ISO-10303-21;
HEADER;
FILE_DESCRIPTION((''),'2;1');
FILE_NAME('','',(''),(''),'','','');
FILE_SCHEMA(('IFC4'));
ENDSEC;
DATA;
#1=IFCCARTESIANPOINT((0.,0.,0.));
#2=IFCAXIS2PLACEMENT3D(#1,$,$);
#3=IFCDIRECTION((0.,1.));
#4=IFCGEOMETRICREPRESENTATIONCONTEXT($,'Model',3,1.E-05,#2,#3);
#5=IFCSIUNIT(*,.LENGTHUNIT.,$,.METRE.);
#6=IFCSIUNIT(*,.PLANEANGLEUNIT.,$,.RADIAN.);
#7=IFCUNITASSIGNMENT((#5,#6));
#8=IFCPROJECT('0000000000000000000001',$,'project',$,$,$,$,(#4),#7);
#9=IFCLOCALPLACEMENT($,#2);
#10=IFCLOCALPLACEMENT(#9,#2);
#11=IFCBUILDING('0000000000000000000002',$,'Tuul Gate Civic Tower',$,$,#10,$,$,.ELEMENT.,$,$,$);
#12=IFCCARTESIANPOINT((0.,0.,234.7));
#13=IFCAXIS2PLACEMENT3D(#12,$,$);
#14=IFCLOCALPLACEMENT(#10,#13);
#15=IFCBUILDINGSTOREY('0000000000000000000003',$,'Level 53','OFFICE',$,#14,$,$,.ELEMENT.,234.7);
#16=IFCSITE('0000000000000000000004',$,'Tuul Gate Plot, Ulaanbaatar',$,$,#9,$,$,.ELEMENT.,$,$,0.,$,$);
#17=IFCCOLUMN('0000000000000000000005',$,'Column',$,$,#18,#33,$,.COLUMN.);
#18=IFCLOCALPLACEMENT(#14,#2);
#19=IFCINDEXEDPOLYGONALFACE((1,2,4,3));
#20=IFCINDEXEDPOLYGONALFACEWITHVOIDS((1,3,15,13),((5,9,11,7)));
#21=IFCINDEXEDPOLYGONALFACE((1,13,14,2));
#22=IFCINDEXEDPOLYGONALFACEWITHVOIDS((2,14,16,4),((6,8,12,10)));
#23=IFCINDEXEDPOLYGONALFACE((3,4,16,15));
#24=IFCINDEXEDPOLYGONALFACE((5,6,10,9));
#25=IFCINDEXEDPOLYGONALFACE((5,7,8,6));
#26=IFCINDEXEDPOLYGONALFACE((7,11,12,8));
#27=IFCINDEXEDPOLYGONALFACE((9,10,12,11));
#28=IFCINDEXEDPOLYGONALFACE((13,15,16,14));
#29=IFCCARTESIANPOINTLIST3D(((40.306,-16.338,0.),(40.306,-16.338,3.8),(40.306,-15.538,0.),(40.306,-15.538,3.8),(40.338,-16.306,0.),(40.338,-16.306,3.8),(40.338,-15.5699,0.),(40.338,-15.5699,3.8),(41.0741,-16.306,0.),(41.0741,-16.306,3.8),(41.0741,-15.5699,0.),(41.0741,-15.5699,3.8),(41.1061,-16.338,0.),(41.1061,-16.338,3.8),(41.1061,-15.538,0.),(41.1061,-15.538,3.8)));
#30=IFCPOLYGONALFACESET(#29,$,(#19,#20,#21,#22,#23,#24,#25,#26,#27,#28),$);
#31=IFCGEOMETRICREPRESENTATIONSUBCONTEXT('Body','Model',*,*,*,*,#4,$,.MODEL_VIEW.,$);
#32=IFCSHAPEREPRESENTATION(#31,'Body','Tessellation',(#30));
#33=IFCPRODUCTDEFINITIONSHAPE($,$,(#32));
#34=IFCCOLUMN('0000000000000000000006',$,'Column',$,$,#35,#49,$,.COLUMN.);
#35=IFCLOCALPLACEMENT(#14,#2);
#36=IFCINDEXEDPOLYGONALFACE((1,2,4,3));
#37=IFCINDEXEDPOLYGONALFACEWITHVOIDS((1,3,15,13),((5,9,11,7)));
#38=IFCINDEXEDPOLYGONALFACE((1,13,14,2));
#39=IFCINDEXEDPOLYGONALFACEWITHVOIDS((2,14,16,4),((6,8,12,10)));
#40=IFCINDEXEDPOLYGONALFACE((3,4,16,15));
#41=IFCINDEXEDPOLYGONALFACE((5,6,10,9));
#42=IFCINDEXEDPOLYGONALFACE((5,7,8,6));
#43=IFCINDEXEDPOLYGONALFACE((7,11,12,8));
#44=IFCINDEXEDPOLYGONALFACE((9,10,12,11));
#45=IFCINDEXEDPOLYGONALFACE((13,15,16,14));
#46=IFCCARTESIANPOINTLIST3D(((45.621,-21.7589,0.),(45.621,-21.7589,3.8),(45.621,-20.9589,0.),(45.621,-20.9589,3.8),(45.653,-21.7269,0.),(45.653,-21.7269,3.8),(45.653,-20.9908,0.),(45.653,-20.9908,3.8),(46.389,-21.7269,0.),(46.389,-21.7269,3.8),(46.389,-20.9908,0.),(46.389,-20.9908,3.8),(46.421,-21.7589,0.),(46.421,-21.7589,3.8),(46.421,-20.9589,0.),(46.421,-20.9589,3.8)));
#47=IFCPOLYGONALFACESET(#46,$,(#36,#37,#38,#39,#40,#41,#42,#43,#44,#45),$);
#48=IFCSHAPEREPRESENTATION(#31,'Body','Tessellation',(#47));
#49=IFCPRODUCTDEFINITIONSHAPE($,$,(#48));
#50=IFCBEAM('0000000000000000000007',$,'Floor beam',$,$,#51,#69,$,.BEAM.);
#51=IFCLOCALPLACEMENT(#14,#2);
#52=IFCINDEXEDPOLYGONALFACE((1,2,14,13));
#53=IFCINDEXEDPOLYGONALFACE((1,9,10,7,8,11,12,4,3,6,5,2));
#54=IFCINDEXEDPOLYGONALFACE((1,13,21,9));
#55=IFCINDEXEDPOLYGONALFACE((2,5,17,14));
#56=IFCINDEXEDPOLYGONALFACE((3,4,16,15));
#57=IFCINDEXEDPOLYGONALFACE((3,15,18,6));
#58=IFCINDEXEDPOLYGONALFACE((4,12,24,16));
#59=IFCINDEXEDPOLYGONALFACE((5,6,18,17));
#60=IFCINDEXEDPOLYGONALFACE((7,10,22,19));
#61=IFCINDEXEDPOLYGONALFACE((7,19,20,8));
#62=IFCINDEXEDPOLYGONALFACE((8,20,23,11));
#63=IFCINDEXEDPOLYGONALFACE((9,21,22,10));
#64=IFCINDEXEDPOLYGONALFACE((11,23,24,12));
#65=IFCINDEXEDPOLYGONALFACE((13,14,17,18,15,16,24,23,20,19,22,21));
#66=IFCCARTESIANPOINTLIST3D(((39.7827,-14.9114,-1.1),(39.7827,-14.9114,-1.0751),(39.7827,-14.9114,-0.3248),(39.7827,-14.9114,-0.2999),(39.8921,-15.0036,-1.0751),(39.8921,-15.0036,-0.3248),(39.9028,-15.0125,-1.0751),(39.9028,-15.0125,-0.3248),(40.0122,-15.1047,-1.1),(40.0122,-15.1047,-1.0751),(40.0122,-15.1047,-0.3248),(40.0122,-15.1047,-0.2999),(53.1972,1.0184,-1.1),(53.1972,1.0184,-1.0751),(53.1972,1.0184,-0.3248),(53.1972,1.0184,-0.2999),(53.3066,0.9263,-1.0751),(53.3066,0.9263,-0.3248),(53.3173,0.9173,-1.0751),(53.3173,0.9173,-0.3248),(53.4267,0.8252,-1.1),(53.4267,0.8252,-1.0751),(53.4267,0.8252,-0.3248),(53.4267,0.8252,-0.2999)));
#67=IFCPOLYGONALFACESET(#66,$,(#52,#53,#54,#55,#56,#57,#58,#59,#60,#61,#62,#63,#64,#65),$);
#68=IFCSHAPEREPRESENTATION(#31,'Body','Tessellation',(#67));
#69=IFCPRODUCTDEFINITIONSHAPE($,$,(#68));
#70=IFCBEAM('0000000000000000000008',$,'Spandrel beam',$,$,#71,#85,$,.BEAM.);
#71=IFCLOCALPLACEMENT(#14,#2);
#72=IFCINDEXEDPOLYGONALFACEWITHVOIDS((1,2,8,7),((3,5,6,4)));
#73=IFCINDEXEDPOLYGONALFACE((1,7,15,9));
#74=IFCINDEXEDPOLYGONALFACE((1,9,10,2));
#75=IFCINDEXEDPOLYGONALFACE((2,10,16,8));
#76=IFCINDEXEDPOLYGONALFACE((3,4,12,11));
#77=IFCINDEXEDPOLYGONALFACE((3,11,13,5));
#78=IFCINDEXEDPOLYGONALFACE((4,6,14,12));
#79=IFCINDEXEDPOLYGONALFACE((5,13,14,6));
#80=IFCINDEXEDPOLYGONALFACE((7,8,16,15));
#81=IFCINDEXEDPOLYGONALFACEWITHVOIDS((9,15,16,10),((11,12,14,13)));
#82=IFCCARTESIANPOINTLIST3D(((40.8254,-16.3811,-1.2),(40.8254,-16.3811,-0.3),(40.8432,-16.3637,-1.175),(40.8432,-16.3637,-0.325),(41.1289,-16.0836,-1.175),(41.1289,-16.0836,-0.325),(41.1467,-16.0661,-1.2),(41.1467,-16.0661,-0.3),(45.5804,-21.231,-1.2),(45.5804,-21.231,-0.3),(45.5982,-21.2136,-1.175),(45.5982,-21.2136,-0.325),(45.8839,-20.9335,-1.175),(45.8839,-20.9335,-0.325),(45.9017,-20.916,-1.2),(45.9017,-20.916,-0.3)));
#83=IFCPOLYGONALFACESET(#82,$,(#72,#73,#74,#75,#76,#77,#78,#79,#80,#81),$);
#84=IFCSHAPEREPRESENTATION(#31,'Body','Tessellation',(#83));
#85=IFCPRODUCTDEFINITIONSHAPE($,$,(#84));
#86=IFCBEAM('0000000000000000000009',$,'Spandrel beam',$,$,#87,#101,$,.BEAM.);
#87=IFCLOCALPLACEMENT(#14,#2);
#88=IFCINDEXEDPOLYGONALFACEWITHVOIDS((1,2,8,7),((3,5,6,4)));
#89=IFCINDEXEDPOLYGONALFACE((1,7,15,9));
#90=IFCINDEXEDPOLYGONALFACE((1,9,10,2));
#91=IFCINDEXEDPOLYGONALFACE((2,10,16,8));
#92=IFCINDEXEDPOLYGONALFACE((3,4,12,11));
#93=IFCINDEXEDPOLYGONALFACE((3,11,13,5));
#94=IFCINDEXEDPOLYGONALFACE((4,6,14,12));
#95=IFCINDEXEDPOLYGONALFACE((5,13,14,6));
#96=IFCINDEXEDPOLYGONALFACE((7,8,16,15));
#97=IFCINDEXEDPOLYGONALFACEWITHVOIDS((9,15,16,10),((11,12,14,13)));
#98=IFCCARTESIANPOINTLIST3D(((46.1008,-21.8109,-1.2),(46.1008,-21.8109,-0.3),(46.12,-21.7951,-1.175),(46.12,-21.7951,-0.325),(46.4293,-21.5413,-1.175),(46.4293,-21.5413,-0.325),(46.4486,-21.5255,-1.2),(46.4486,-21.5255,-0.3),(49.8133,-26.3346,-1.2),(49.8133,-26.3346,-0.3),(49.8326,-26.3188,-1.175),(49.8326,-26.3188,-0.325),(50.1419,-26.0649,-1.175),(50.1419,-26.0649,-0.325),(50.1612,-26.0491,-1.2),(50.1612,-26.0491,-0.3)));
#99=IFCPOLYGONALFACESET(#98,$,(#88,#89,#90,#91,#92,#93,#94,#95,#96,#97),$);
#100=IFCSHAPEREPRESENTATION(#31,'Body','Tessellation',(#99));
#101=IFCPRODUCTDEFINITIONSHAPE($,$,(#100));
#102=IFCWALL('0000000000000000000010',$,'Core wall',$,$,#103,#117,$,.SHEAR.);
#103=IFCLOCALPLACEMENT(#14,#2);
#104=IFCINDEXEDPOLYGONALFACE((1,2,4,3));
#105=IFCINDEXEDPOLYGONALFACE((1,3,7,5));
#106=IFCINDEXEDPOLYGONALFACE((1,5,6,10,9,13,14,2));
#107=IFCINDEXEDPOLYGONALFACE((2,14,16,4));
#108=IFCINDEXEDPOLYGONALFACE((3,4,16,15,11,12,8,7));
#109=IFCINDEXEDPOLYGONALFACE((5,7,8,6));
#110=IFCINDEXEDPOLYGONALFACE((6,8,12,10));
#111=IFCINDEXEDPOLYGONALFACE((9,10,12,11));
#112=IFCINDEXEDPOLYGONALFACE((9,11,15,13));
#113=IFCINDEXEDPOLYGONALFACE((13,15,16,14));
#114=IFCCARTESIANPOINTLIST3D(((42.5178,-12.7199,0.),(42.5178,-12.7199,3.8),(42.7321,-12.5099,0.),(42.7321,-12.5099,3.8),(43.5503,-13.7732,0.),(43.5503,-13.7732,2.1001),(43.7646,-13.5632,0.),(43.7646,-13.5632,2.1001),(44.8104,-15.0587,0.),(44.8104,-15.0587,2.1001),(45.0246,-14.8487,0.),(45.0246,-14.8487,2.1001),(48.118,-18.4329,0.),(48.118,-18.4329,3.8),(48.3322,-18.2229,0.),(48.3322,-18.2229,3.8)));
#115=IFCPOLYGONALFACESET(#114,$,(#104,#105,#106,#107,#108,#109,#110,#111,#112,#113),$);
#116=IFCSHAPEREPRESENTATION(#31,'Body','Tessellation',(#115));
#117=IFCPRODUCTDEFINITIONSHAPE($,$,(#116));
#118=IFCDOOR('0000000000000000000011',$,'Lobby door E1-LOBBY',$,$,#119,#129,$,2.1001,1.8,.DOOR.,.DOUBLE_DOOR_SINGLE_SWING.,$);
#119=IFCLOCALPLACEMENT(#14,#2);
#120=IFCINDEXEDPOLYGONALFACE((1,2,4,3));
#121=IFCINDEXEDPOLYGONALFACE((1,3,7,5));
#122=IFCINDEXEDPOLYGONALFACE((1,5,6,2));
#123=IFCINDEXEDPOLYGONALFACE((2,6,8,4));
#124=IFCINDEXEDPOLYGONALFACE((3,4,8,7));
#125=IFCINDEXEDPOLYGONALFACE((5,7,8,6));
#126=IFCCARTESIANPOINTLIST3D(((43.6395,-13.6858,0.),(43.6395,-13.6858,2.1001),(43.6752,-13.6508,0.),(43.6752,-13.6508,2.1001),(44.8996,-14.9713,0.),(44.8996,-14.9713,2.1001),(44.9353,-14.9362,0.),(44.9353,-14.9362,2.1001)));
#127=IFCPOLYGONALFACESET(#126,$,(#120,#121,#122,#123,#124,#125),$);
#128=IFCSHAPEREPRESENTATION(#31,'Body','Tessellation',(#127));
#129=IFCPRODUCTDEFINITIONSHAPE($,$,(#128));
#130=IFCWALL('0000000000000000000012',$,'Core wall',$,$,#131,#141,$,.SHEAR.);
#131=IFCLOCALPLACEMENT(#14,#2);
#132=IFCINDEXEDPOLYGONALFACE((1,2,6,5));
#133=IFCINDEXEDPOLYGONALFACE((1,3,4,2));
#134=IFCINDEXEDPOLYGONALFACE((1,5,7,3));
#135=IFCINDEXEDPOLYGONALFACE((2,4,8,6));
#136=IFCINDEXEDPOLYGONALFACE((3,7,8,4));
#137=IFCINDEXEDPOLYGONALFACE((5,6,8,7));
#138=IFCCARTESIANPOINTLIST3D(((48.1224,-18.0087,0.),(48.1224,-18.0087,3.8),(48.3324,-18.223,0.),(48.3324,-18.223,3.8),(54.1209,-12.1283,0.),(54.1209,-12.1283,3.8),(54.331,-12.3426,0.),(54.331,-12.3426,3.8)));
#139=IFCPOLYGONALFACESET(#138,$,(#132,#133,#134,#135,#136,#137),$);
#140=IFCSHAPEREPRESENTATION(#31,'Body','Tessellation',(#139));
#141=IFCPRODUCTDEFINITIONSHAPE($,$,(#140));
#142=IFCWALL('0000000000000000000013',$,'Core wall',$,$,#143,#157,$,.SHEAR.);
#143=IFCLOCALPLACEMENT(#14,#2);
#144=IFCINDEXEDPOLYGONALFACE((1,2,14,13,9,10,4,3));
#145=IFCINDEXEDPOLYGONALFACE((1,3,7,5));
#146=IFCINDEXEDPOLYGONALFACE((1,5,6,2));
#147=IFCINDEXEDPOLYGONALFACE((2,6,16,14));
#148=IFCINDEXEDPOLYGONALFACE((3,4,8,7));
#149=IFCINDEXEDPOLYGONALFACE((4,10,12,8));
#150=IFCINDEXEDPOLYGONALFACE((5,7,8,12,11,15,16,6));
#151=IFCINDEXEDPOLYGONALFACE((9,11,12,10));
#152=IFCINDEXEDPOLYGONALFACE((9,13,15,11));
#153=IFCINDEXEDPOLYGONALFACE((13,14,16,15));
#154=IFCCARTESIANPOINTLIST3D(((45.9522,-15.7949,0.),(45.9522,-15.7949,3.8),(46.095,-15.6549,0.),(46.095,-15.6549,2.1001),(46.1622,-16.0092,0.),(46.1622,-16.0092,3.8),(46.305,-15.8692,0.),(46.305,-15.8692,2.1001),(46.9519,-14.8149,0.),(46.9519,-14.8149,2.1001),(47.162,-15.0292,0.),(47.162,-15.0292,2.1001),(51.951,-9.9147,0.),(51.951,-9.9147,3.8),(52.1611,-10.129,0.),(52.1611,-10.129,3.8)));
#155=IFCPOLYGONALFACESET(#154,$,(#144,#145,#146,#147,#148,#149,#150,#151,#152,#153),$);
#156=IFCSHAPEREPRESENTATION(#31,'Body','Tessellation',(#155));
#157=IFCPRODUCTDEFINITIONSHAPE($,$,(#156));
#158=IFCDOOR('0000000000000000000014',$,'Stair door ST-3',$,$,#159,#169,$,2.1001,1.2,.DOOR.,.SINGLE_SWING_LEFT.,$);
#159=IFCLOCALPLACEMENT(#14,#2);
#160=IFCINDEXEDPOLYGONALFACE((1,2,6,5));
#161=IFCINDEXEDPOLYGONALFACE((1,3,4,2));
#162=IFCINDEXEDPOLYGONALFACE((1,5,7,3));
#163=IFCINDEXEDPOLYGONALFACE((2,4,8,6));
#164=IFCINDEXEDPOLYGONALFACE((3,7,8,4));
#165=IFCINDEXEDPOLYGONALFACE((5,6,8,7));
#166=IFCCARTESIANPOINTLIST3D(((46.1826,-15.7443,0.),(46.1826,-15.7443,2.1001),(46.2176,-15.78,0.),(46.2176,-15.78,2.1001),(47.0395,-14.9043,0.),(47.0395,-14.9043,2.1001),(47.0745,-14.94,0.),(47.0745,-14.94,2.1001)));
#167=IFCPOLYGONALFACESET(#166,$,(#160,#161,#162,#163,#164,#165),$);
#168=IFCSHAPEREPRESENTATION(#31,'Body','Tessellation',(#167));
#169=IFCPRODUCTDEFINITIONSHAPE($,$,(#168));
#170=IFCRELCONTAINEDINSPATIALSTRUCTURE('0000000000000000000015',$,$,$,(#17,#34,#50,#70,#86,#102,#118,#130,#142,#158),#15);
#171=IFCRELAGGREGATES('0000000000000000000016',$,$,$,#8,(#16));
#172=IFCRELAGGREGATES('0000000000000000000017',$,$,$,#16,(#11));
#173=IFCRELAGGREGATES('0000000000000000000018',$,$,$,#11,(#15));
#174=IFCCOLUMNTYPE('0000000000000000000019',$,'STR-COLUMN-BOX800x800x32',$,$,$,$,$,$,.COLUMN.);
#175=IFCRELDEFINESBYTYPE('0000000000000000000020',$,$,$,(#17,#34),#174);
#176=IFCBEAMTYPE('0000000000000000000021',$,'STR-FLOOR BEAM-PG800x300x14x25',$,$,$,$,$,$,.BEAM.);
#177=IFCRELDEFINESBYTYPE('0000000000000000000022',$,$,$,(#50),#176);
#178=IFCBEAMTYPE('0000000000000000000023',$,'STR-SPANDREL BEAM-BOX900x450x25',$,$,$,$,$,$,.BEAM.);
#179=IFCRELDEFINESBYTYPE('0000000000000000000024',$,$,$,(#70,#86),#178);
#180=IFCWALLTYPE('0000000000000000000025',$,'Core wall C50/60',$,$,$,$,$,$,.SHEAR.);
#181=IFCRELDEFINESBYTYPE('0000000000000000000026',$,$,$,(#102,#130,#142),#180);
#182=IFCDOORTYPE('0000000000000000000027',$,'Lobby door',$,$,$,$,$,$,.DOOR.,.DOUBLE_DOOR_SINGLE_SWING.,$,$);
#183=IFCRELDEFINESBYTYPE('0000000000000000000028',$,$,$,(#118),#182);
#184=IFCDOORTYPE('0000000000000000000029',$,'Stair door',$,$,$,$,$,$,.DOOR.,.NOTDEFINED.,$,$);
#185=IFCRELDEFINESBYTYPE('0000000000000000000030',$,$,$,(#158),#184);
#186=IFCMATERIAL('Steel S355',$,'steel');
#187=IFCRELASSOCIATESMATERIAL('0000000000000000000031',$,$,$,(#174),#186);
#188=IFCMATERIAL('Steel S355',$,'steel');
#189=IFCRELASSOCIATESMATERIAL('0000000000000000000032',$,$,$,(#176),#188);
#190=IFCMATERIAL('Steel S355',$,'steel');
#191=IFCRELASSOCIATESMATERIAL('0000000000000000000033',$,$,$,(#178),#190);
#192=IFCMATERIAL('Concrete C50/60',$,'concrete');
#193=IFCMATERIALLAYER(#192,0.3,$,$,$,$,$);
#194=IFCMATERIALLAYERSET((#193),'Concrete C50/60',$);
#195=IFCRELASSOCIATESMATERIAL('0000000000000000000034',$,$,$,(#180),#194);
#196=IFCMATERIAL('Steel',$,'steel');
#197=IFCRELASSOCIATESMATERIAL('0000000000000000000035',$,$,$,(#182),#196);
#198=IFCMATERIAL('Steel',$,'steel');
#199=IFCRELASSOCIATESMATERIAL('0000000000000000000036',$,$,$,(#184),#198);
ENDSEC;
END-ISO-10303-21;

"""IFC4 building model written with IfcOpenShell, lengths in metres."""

from ifc_helpers import new_model, si_unit, direction, frame, frame_2d, origin, origin_2d, place, context, subcontext, project, spatial, rectangle, hollow_rectangle, i_section, extrude, material, layer, layer_set, material_profile, profile_set, type_object, element, fill, save


model = new_model("IFC4")

# Units and contexts
model_context = context("Model", 3, precision=1e-05, world=origin(), true_north=direction((0.0, 1.0)))
body_context = subcontext(model_context, "Body", "Model", "MODEL_VIEW")
ifc_project = project(units=[si_unit("LENGTHUNIT", "METRE"), si_unit("PLANEANGLEUNIT", "RADIAN")], contexts=[model_context])

# Site, building, storey
site_placement = place(None, origin())
site = spatial("IfcSite", under=ifc_project, at=site_placement, Name="Tuul Gate Plot, Ulaanbaatar", CompositionType="ELEMENT", RefElevation=0.0)
building_placement = place(site_placement, origin())
building = spatial("IfcBuilding", under=site, at=building_placement, Name="Tuul Gate Civic Tower", CompositionType="ELEMENT")
storey_placement = place(building_placement, frame((0.0, 0.0, 234.7)))
storey = spatial("IfcBuildingStorey", under=building, at=storey_placement, Name="Level 53", Description="OFFICE", CompositionType="ELEMENT", Elevation=234.7)

# Columns
ifc_material_1 = material(Name="Steel S355", Category="steel")
ifc_material_profile_1 = material_profile(ifc_material_1, hollow_rectangle(XDim=0.8, YDim=0.8, WallThickness=0.032, at=origin_2d()), Name="BOX800x800x32")
ifc_profile_set_1 = profile_set([ifc_material_profile_1], Name="Steel S355")
column_type = type_object("IfcColumnType", Name="STR-COLUMN-BOX800x800x32", PredefinedType="COLUMN", material=ifc_profile_set_1)
for number, where, z_axis, x_axis, name in (
    (1, (40.7061, -15.938, 0.0), (0.0, 0.0, 1.0), (1.0, 0.0, 0.0), "Column"),
    (2, (46.021, -21.3589, 0.0), (0.0, 0.0, 1.0), (1.0, 0.0, 0.0), "Column"),
):
    element("IfcColumn", number, at=place(storey_placement, frame(where, z_axis=z_axis, x_axis=x_axis)), inside=storey, type_object=column_type, Name=name, PredefinedType="COLUMN", context=body_context, shape_type="SweptSolid", body=[
        extrude(hollow_rectangle(XDim=0.8, YDim=0.8, WallThickness=0.032, at=origin_2d()), origin(), (0.0, 0.0, 1.0), 3.8),
    ])

# Beams
ifc_material_2 = material(Name="Steel S355", Category="steel")
ifc_material_profile_2 = material_profile(ifc_material_2, i_section(OverallWidth=0.3, OverallDepth=0.8, WebThickness=0.0139, FlangeThickness=0.0249, at=origin_2d()), Name="PG800x300x14x25")
ifc_profile_set_2 = profile_set([ifc_material_profile_2], Name="Steel S355")
beam_type_1 = type_object("IfcBeamType", Name="STR-FLOOR BEAM-PG800x300x14x25", PredefinedType="BEAM", material=ifc_profile_set_2)
beam_1_placement = place(storey_placement, frame((39.8975, -15.0081, -0.7), z_axis=(0.644132, 0.764914, 0.0), x_axis=(-0.764914, 0.644132, 0.0)))
element("IfcBeam", 3, at=beam_1_placement, inside=storey, type_object=beam_type_1, Name="Floor beam", PredefinedType="BEAM", context=body_context, shape_type="SweptSolid", body=[
    extrude(i_section(OverallWidth=0.3, OverallDepth=0.8, WebThickness=0.0139, FlangeThickness=0.0249, at=origin_2d()), origin(), (0.0, 0.0, 1.0), 20.8257),
])
ifc_material_3 = material(Name="Steel S355", Category="steel")
ifc_material_profile_3 = material_profile(ifc_material_3, hollow_rectangle(XDim=0.45, YDim=0.8999, WallThickness=0.0249, at=origin_2d()), Name="BOX900x450x25")
ifc_profile_set_3 = profile_set([ifc_material_profile_3], Name="Steel S355")
beam_type_2 = type_object("IfcBeamType", Name="STR-SPANDREL BEAM-BOX900x450x25", PredefinedType="BEAM", material=ifc_profile_set_3)
beam_2_placement = place(storey_placement, frame((40.9861, -16.2236, -0.75), z_axis=(0.700081, -0.714064, 0.0), x_axis=(0.714064, 0.700081, 0.0)))
element("IfcBeam", 4, at=beam_2_placement, inside=storey, type_object=beam_type_2, Name="Spandrel beam", PredefinedType="BEAM", context=body_context, shape_type="SweptSolid", body=[
    extrude(hollow_rectangle(XDim=0.45, YDim=0.8999, WallThickness=0.0249, at=origin_2d()), origin(), (0.0, 0.0, 1.0), 6.792),
])
beam_3_placement = place(storey_placement, frame((46.2747, -21.6682, -0.75), z_axis=(0.634409, -0.772997, 0.0), x_axis=(0.772997, 0.634409, 0.0)))
element("IfcBeam", 5, at=beam_3_placement, inside=storey, type_object=beam_type_2, Name="Spandrel beam", PredefinedType="BEAM", context=body_context, shape_type="SweptSolid", body=[
    extrude(hollow_rectangle(XDim=0.45, YDim=0.8999, WallThickness=0.0249, at=origin_2d()), origin(), (0.0, 0.0, 1.0), 5.8521),
])

# Wall, opening, door
ifc_material_4 = material(Name="Concrete C50/60", Category="concrete")
ifc_layer_1 = layer(ifc_material_4, 0.3)
ifc_layer_set_1 = layer_set([ifc_layer_1], Name="Concrete C50/60")
wall_type_1 = type_object("IfcWallType", Name="Core wall C50/60", PredefinedType="SHEAR", material=ifc_layer_set_1)
wall_1_placement = place(storey_placement, frame((48.2251, -18.3279, 0.0), z_axis=(0.0, 0.0, 1.0), x_axis=(-0.700022, 0.714121, 0.0)))
wall_1 = element("IfcWall", 6, at=wall_1_placement, inside=storey, type_object=wall_type_1, Name="Core wall", PredefinedType="SHEAR", context=body_context, shape_type="SweptSolid", body=[
    extrude(rectangle(XDim=8.0, YDim=0.3, at=frame_2d((4.0, 0.0))), origin(), (0.0, 0.0, 1.0), 3.8),
])
opening_1_placement = place(wall_1_placement, frame((4.7251, 0.0, 0.0)))
opening_1 = element("IfcOpeningElement", 7, at=opening_1_placement, cuts=wall_1, PredefinedType="OPENING", context=body_context, shape_type="SweptSolid", body=[
    extrude(rectangle(XDim=1.8, YDim=2.1001, at=frame_2d((0.8999, 1.05))), frame((0.0, 0.1602, 0.0), z_axis=(0.0, -1.0, 0.0), x_axis=(1.0, 0.0, 0.0)), (0.0, 0.0, 1.0), 0.3201),
])
ifc_material_5 = material(Name="Steel", Category="steel")
door_type_1 = type_object("IfcDoorType", Name="Lobby door", OperationType="DOUBLE_DOOR_SINGLE_SWING", PredefinedType="DOOR", material=ifc_material_5)
door_1_placement = place(opening_1_placement, frame((1.8, 0.0, 0.0), z_axis=(0.0, 0.0, 1.0), x_axis=(-1.0, 0.0, 0.0)))
door_1 = element("IfcDoor", 8, at=door_1_placement, inside=storey, type_object=door_type_1, Name="Lobby door E1-LOBBY", OperationType="DOUBLE_DOOR_SINGLE_SWING", OverallHeight=2.1001, OverallWidth=1.8, PredefinedType="DOOR", context=body_context, shape_type="SweptSolid", body=[
    extrude(rectangle(XDim=1.8, YDim=2.1001, at=frame_2d((0.9001, 1.05))), frame((0.0, 0.0249, 0.0), z_axis=(0.0, -1.0, 0.0), x_axis=(1.0, 0.0, 0.0)), (0.0, 0.0, 1.0), 0.05),
])
fill(opening_1, door_1)

# Wall
wall_2_placement = place(storey_placement, frame((48.2273, -18.116, 0.0), z_axis=(0.0, 0.0, 1.0), x_axis=(0.714105, 0.700038, 0.0)))
element("IfcWall", 9, at=wall_2_placement, inside=storey, type_object=wall_type_1, Name="Core wall", PredefinedType="SHEAR", context=body_context, shape_type="SweptSolid", body=[
    extrude(rectangle(XDim=8.4001, YDim=0.3, at=frame_2d((4.2002, 0.0))), origin(), (0.0, 0.0, 1.0), 3.8),
])

# Wall, opening, door
wall_3_placement = place(storey_placement, frame((46.0571, -15.9021, 0.0), z_axis=(0.0, 0.0, 1.0), x_axis=(0.714134, 0.700009, 0.0)))
wall_3 = element("IfcWall", 10, at=wall_3_placement, inside=storey, type_object=wall_type_1, Name="Core wall", PredefinedType="SHEAR", context=body_context, shape_type="SweptSolid", body=[
    extrude(rectangle(XDim=8.4001, YDim=0.3, at=frame_2d((4.2002, 0.0))), origin(), (0.0, 0.0, 1.0), 3.8),
])
opening_2_placement = place(wall_3_placement, frame((0.2, 0.0, 0.0)))
opening_2 = element("IfcOpeningElement", 11, at=opening_2_placement, cuts=wall_3, PredefinedType="OPENING", context=body_context, shape_type="SweptSolid", body=[
    extrude(rectangle(XDim=1.2, YDim=2.1001, at=frame_2d((0.6001, 1.05))), frame((0.0, 0.1602, 0.0), z_axis=(0.0, -1.0, 0.0), x_axis=(1.0, 0.0, 0.0)), (0.0, 0.0, 1.0), 0.3201),
])
ifc_material_6 = material(Name="Steel", Category="steel")
door_type_2 = type_object("IfcDoorType", Name="Stair door", OperationType="NOTDEFINED", PredefinedType="DOOR", material=ifc_material_6)
door_2_placement = place(opening_2_placement, origin())
door_2 = element("IfcDoor", 12, at=door_2_placement, inside=storey, type_object=door_type_2, Name="Stair door ST-3", OperationType="SINGLE_SWING_LEFT", OverallHeight=2.1001, OverallWidth=1.2, PredefinedType="DOOR", context=body_context, shape_type="SweptSolid", body=[
    extrude(rectangle(XDim=1.2, YDim=2.1001, at=frame_2d((0.6001, 1.05))), frame((0.0, 0.0249, 0.0), z_axis=(0.0, -1.0, 0.0), x_axis=(1.0, 0.0, 0.0)), (0.0, 0.0, 1.0), 0.05),
])
fill(opening_2, door_2)

save(model, "model.ifc")
